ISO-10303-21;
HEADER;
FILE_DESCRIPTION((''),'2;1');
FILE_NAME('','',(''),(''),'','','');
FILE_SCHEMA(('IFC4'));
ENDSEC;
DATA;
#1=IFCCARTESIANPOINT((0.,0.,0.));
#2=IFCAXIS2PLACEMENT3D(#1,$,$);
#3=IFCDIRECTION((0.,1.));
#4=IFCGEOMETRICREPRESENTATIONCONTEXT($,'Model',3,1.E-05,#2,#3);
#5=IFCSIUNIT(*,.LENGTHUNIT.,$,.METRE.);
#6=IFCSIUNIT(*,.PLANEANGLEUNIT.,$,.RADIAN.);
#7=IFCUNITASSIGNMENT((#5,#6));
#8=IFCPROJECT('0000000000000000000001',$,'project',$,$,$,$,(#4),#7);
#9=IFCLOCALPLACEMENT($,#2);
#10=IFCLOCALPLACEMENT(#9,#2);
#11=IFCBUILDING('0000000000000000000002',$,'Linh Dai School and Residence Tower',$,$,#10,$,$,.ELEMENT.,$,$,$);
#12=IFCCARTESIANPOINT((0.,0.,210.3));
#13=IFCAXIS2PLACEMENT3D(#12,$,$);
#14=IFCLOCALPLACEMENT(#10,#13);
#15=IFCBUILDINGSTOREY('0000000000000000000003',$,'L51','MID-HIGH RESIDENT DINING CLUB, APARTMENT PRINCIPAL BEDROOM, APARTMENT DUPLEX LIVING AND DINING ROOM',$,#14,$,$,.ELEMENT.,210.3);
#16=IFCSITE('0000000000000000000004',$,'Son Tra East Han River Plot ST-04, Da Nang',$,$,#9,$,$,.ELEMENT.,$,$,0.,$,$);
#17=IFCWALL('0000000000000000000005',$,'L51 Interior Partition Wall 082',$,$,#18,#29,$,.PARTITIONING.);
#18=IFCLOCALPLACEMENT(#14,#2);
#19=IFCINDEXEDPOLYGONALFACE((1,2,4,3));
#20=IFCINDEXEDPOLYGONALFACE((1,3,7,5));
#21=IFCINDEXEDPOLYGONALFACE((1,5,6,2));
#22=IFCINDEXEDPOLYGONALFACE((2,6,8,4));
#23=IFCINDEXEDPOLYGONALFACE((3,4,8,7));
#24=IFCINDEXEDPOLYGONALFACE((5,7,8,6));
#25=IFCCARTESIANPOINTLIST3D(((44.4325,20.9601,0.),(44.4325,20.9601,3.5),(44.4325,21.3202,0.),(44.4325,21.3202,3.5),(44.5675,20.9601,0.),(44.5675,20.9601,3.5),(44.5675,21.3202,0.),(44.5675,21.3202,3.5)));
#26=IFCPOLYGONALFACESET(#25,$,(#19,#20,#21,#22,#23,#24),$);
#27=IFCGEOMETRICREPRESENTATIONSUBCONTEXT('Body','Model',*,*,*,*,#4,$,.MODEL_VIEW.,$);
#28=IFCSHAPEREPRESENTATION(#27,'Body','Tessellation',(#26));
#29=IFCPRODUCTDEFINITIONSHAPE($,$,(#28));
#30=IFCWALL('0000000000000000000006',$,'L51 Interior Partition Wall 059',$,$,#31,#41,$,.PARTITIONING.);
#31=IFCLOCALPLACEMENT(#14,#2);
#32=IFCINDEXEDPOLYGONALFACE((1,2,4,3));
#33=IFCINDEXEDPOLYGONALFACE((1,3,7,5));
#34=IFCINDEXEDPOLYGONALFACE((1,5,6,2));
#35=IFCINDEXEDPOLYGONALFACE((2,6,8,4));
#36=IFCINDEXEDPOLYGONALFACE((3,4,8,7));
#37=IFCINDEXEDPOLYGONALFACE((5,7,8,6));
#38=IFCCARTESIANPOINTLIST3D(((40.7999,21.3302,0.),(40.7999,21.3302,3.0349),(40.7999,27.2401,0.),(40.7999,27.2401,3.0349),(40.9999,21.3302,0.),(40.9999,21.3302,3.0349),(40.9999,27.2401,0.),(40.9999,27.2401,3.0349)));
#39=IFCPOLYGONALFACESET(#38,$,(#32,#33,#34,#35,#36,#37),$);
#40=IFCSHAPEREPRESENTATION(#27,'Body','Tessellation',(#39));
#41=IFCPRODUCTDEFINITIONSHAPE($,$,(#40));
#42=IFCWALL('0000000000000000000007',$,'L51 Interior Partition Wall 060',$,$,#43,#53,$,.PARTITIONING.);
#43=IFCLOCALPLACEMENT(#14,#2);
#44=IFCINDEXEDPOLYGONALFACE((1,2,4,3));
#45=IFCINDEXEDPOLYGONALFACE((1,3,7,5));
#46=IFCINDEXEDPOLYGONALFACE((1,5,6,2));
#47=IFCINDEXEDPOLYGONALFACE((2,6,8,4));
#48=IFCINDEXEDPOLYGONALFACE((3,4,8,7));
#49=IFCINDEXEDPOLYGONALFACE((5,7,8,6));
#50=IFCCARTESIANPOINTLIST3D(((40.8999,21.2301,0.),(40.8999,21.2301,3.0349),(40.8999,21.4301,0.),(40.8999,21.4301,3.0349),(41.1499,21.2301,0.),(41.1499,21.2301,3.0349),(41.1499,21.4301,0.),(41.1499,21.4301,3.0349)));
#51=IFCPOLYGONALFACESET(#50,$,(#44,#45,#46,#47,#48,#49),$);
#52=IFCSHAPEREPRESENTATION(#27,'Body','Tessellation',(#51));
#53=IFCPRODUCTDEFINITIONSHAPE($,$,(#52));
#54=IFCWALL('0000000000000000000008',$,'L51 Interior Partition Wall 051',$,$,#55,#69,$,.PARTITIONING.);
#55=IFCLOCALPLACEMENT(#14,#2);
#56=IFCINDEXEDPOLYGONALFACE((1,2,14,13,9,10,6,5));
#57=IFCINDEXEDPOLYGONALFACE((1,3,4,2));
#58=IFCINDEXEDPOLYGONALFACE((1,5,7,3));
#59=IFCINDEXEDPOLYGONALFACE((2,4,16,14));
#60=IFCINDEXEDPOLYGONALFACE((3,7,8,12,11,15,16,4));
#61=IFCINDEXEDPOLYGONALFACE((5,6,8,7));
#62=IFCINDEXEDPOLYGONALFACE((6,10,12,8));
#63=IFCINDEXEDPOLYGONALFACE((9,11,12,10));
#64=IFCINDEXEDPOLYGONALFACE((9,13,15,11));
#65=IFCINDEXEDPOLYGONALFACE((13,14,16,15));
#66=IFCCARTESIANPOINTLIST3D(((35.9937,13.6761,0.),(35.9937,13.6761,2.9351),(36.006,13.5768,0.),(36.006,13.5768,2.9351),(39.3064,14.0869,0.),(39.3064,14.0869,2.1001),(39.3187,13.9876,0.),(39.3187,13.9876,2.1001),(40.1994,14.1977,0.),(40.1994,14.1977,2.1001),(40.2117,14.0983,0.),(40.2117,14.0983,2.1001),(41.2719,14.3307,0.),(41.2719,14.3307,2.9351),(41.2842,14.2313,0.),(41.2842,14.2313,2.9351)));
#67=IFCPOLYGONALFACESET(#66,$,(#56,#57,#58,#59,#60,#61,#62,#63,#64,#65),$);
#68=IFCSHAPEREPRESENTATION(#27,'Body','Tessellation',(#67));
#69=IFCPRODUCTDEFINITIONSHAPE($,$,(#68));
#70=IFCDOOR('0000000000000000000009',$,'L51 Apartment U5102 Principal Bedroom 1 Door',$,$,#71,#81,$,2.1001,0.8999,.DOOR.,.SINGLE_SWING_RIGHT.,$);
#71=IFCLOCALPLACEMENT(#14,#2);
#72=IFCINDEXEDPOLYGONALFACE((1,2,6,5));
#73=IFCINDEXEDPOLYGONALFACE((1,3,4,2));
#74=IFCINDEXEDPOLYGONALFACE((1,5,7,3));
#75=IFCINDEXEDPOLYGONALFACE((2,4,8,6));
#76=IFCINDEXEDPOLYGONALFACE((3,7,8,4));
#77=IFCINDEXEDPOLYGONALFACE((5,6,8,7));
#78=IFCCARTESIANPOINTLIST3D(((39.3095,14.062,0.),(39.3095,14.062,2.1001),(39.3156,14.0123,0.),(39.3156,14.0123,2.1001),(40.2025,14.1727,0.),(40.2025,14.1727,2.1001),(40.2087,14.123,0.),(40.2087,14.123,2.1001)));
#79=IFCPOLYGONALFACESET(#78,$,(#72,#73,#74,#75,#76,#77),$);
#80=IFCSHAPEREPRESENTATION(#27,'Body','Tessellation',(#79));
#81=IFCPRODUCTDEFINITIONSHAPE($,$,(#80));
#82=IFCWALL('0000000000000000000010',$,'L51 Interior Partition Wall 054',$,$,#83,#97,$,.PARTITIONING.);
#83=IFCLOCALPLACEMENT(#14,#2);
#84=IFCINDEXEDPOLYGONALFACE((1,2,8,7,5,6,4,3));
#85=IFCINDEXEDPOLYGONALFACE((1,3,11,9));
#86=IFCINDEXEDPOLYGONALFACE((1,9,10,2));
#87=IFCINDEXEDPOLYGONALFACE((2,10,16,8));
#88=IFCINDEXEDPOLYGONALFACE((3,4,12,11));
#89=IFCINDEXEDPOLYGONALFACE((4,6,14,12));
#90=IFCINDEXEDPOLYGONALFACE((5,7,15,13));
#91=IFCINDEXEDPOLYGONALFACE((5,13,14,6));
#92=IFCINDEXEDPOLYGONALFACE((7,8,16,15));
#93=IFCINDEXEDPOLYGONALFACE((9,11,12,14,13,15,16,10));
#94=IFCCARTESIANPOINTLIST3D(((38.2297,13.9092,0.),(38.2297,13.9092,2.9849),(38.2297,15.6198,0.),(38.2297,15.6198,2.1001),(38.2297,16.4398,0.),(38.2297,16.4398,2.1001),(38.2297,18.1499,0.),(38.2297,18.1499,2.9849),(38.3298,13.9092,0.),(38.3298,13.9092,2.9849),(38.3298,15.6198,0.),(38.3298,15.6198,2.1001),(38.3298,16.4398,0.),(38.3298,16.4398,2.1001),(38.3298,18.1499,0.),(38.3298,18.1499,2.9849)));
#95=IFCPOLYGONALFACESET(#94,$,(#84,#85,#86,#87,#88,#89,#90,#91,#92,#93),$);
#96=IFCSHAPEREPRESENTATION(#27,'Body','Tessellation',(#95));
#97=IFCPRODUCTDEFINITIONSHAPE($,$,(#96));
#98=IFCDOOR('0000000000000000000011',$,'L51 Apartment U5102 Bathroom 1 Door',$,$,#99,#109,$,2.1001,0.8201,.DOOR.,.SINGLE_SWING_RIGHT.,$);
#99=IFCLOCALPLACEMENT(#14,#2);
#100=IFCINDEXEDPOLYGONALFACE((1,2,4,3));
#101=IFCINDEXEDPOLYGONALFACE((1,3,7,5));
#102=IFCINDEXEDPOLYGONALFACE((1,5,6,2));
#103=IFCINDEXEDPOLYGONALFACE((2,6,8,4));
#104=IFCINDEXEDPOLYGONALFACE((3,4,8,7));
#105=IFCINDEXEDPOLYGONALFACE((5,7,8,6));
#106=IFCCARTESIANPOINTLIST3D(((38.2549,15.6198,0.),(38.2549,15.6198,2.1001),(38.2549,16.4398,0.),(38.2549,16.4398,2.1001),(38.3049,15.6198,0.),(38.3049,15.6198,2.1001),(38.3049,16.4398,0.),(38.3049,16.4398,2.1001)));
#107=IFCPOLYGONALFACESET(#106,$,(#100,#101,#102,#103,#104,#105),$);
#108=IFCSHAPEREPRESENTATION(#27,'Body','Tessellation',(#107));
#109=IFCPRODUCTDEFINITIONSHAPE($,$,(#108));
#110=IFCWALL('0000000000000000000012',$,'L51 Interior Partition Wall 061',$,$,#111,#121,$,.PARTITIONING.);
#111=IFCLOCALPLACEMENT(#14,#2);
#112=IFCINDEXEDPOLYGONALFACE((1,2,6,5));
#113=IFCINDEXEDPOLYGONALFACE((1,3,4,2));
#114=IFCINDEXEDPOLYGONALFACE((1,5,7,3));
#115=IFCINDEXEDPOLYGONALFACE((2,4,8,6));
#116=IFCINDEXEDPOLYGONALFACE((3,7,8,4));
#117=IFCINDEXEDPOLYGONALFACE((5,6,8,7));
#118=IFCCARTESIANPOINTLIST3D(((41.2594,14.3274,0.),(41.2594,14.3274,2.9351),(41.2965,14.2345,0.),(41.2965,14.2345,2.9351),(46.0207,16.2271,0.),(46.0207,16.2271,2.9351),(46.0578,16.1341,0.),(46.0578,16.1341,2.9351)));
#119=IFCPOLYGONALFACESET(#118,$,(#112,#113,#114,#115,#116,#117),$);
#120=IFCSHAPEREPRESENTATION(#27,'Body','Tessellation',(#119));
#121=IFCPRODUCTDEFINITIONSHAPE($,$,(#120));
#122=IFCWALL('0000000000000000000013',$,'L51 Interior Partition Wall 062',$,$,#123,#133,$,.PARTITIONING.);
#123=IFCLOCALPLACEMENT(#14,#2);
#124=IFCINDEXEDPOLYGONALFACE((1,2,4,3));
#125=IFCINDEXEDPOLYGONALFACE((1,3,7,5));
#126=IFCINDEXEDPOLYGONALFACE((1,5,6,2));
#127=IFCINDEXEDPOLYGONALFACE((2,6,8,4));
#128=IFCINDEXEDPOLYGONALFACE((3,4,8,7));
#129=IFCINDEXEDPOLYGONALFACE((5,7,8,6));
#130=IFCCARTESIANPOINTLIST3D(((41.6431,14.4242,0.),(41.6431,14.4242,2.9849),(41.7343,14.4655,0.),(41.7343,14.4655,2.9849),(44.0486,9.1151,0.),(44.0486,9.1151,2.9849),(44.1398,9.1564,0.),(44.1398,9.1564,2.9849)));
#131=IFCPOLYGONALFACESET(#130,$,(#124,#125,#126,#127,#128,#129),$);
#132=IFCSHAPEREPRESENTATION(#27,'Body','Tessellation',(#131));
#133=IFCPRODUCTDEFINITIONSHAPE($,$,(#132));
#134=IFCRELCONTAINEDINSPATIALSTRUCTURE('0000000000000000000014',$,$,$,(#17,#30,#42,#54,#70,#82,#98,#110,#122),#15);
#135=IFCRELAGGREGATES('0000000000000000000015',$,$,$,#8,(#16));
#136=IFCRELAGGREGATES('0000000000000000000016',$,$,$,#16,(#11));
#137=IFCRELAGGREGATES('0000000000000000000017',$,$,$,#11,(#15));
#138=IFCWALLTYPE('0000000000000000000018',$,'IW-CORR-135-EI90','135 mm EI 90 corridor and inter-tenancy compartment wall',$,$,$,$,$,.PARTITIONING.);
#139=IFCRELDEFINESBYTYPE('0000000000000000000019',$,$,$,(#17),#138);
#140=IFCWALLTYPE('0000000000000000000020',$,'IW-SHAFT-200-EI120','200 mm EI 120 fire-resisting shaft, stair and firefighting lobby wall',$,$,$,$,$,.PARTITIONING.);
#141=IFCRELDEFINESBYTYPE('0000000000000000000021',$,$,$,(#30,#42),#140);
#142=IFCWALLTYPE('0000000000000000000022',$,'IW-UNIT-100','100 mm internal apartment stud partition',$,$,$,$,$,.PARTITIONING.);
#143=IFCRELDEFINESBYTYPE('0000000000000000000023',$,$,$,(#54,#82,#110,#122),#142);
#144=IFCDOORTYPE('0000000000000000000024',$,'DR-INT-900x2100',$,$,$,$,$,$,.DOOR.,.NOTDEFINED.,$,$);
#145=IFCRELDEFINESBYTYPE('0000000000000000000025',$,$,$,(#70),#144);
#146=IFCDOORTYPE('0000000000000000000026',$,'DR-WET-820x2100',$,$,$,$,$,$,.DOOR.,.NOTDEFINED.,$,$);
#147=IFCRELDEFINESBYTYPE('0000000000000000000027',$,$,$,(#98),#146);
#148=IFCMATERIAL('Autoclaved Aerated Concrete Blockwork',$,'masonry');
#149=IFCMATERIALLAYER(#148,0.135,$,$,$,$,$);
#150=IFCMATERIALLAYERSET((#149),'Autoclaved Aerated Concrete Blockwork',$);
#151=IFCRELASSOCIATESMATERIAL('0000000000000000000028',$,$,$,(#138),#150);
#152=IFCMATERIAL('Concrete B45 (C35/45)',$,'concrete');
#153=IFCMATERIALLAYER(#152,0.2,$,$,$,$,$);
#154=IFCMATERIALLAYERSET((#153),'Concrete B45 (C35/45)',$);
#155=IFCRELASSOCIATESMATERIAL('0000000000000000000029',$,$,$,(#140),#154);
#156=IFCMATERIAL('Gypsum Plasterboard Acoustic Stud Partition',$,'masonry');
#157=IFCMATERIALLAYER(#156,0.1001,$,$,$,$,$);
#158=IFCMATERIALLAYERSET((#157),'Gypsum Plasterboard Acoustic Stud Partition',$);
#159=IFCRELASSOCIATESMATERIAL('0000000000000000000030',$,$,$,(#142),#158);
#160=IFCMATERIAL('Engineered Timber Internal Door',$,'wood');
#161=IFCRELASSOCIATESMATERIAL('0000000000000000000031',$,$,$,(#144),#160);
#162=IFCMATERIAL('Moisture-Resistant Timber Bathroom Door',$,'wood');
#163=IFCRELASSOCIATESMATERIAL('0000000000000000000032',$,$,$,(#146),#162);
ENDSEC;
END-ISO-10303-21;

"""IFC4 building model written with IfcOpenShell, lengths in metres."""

from ifc_helpers import new_model, si_unit, direction, frame, frame_2d, origin, origin_2d, place, context, subcontext, project, spatial, rectangle, extrude, source, transform, mapped, material, layer, layer_set, type_object, element, fill, save


model = new_model("IFC4")

# Units and contexts
model_context = context("Model", 3, precision=1e-05, world=origin(), true_north=direction((0.0, 1.0)))
body_context = subcontext(model_context, "Body", "Model", "MODEL_VIEW")
ifc_project = project(units=[si_unit("LENGTHUNIT", "METRE"), si_unit("PLANEANGLEUNIT", "RADIAN")], contexts=[model_context])

# Site, building, storey
site_placement = place(None, origin())
site = spatial("IfcSite", under=ifc_project, at=site_placement, Name="Son Tra East Han River Plot ST-04, Da Nang", CompositionType="ELEMENT", RefElevation=0.0)
building_placement = place(site_placement, origin())
building = spatial("IfcBuilding", under=site, at=building_placement, Name="Linh Dai School and Residence Tower", CompositionType="ELEMENT")
storey_placement = place(building_placement, frame((0.0, 0.0, 210.3)))
storey = spatial("IfcBuildingStorey", under=building, at=storey_placement, Name="L51", Description="MID-HIGH RESIDENT DINING CLUB, APARTMENT PRINCIPAL BEDROOM, APARTMENT DUPLEX LIVING AND DINING ROOM", CompositionType="ELEMENT", Elevation=210.3)

# Walls
ifc_material_1 = material(Name="Autoclaved Aerated Concrete Blockwork", Category="masonry")
ifc_layer_1 = layer(ifc_material_1, 0.135)
ifc_layer_set_1 = layer_set([ifc_layer_1], Name="Autoclaved Aerated Concrete Blockwork")
wall_type_1 = type_object("IfcWallType", Name="IW-CORR-135-EI90", Description="135 mm EI 90 corridor and inter-tenancy compartment wall", PredefinedType="PARTITIONING", material=ifc_layer_set_1)
wall_1_placement = place(storey_placement, frame((44.5, 20.96, 0.0), z_axis=(0.0, 0.0, 1.0), x_axis=(0.0, 1.0, 0.0)))
element("IfcWall", 1, at=wall_1_placement, inside=storey, type_object=wall_type_1, Name="L51 Interior Partition Wall 082", PredefinedType="PARTITIONING", context=body_context, shape_type="SweptSolid", body=[
    extrude(rectangle(XDim=0.3601, YDim=0.135, at=frame_2d((0.1802, 0.0))), origin(), (0.0, 0.0, 1.0), 3.5),
])
ifc_material_2 = material(Name="Concrete B45 (C35/45)", Category="concrete")
ifc_layer_2 = layer(ifc_material_2, 0.2)
ifc_layer_set_2 = layer_set([ifc_layer_2], Name="Concrete B45 (C35/45)")
wall_type_2 = type_object("IfcWallType", Name="IW-SHAFT-200-EI120", Description="200 mm EI 120 fire-resisting shaft, stair and firefighting lobby wall", PredefinedType="PARTITIONING", material=ifc_layer_set_2)
wall_2_placement = place(storey_placement, frame((40.8999, 21.3301, 0.0), z_axis=(0.0, 0.0, 1.0), x_axis=(0.0, 1.0, 0.0)))
element("IfcWall", 2, at=wall_2_placement, inside=storey, type_object=wall_type_2, Name="L51 Interior Partition Wall 059", PredefinedType="PARTITIONING", context=body_context, shape_type="SweptSolid", body=[
    extrude(rectangle(XDim=5.9099, YDim=0.2, at=frame_2d((2.9551, 0.0))), origin(), (0.0, 0.0, 1.0), 3.0349),
])
wall_3_placement = place(storey_placement, frame((40.8999, 21.3301, 0.0), z_axis=(0.0, 0.0, 1.0), x_axis=(1.0, 0.0, 0.0)))
element("IfcWall", 3, at=wall_3_placement, inside=storey, type_object=wall_type_2, Name="L51 Interior Partition Wall 060", PredefinedType="PARTITIONING", context=body_context, shape_type="SweptSolid", body=[
    extrude(rectangle(XDim=0.25, YDim=0.2, at=frame_2d((0.125, 0.0))), origin(), (0.0, 0.0, 1.0), 3.0349),
])

# Walls, openings, doors
ifc_material_3 = material(Name="Gypsum Plasterboard Acoustic Stud Partition", Category="masonry")
ifc_layer_3 = layer(ifc_material_3, 0.1001)
ifc_layer_set_3 = layer_set([ifc_layer_3], Name="Gypsum Plasterboard Acoustic Stud Partition")
wall_type_3 = type_object("IfcWallType", Name="IW-UNIT-100", Description="100 mm internal apartment stud partition", PredefinedType="PARTITIONING", material=ifc_layer_set_3)
wall_4_placement = place(storey_placement, frame((36.0, 13.6265, 0.0), z_axis=(0.0, 0.0, 1.0), x_axis=(0.992398, 0.123069, 0.0)))
wall_4 = element("IfcWall", 4, at=wall_4_placement, inside=storey, type_object=wall_type_3, Name="L51 Interior Partition Wall 051", PredefinedType="PARTITIONING", context=body_context, shape_type="SweptSolid", body=[
    extrude(rectangle(XDim=5.3186, YDim=0.1001, at=frame_2d((2.6592, 0.0))), origin(), (0.0, 0.0, 1.0), 2.9351),
])
opening_1_placement = place(wall_4_placement, frame((3.3379, 0.0, 0.0)))
opening_1 = element("IfcOpeningElement", 5, at=opening_1_placement, cuts=wall_4, PredefinedType="OPENING", context=body_context, shape_type="SweptSolid", body=[
    extrude(rectangle(XDim=0.8999, YDim=2.1001, at=origin_2d()), frame((0.45, 0.0601, 1.05), z_axis=(0.0, -1.0, 0.0), x_axis=(1.0, 0.0, 0.0)), (0.0, 0.0, 1.0), 0.1201),
])
ifc_material_4 = material(Name="Engineered Timber Internal Door", Category="wood")
door_type_1 = type_object("IfcDoorType", Name="DR-INT-900x2100", OperationType="NOTDEFINED", PredefinedType="DOOR", material=ifc_material_4)
shared_shape_1 = source(origin(), body_context, "Body", "SweptSolid", [
    extrude(rectangle(XDim=0.8999, YDim=2.1001, at=origin_2d()), frame((0.45, 0.0249, 1.05), z_axis=(0.0, -1.0, 0.0), x_axis=(1.0, 0.0, 0.0)), (0.0, 0.0, 1.0), 0.05),
])
door_1_placement = place(opening_1_placement, origin())
door_1 = element("IfcDoor", 6, at=door_1_placement, inside=storey, type_object=door_type_1, Name="L51 Apartment U5102 Principal Bedroom 1 Door", OperationType="SINGLE_SWING_RIGHT", OverallHeight=2.1001, OverallWidth=0.8999, PredefinedType="DOOR", context=body_context, shape_type="MappedRepresentation", body=[
    mapped(shared_shape_1, transform((0.0, 0.0, 0.0), x_axis=(1.0, 0.0, 0.0), y_axis=(0.0, 1.0, 0.0), z_axis=(0.0, 0.0, 1.0), scale=1.0)),
])
fill(opening_1, door_1)
wall_5_placement = place(storey_placement, frame((38.2798, 13.9092, 0.0), z_axis=(0.0, 0.0, 1.0), x_axis=(0.0, 1.0, 0.0)))
wall_5 = element("IfcWall", 7, at=wall_5_placement, inside=storey, type_object=wall_type_3, Name="L51 Interior Partition Wall 054", PredefinedType="PARTITIONING", context=body_context, shape_type="SweptSolid", body=[
    extrude(rectangle(XDim=4.2407, YDim=0.1001, at=frame_2d((2.1204, 0.0))), origin(), (0.0, 0.0, 1.0), 2.9849),
])
opening_2_placement = place(wall_5_placement, frame((1.7104, 0.0, 0.0)))
opening_2 = element("IfcOpeningElement", 8, at=opening_2_placement, cuts=wall_5, PredefinedType="OPENING", context=body_context, shape_type="SweptSolid", body=[
    extrude(rectangle(XDim=0.8201, YDim=2.1001, at=origin_2d()), frame((0.4102, 0.0601, 1.05), z_axis=(0.0, -1.0, 0.0), x_axis=(1.0, 0.0, 0.0)), (0.0, 0.0, 1.0), 0.1201),
])
ifc_material_5 = material(Name="Moisture-Resistant Timber Bathroom Door", Category="wood")
door_type_2 = type_object("IfcDoorType", Name="DR-WET-820x2100", OperationType="NOTDEFINED", PredefinedType="DOOR", material=ifc_material_5)
shared_shape_2 = source(origin(), body_context, "Body", "SweptSolid", [
    extrude(rectangle(XDim=0.8201, YDim=2.1001, at=origin_2d()), frame((0.4102, 0.0249, 1.05), z_axis=(0.0, -1.0, 0.0), x_axis=(1.0, 0.0, 0.0)), (0.0, 0.0, 1.0), 0.05),
])
door_2_placement = place(opening_2_placement, origin())
door_2 = element("IfcDoor", 9, at=door_2_placement, inside=storey, type_object=door_type_2, Name="L51 Apartment U5102 Bathroom 1 Door", OperationType="SINGLE_SWING_RIGHT", OverallHeight=2.1001, OverallWidth=0.8201, PredefinedType="DOOR", context=body_context, shape_type="MappedRepresentation", body=[
    mapped(shared_shape_2, transform((0.0, 0.0, 0.0), x_axis=(1.0, 0.0, 0.0), y_axis=(0.0, 1.0, 0.0), z_axis=(0.0, 0.0, 1.0), scale=1.0)),
])
fill(opening_2, door_2)

# Walls
wall_6_placement = place(storey_placement, frame((41.2781, 14.281, 0.0), z_axis=(0.0, 0.0, 1.0), x_axis=(0.928802, 0.370578, 0.0)))
element("IfcWall", 10, at=wall_6_placement, inside=storey, type_object=wall_type_3, Name="L51 Interior Partition Wall 061", PredefinedType="PARTITIONING", context=body_context, shape_type="SweptSolid", body=[
    extrude(rectangle(XDim=5.1262, YDim=0.1001, at=frame_2d((2.563, 0.0))), origin(), (0.0, 0.0, 1.0), 2.9351),
])
wall_7_placement = place(storey_placement, frame((41.6887, 14.4448, 0.0), z_axis=(0.0, 0.0, 1.0), x_axis=(0.412708, -0.910864, 0.0)))
element("IfcWall", 11, at=wall_7_placement, inside=storey, type_object=wall_type_3, Name="L51 Interior Partition Wall 062", PredefinedType="PARTITIONING", context=body_context, shape_type="SweptSolid", body=[
    extrude(rectangle(XDim=5.8286, YDim=0.1001, at=frame_2d((2.9143, 0.0))), origin(), (0.0, 0.0, 1.0), 2.9849),
])

save(model, "model.ifc")
